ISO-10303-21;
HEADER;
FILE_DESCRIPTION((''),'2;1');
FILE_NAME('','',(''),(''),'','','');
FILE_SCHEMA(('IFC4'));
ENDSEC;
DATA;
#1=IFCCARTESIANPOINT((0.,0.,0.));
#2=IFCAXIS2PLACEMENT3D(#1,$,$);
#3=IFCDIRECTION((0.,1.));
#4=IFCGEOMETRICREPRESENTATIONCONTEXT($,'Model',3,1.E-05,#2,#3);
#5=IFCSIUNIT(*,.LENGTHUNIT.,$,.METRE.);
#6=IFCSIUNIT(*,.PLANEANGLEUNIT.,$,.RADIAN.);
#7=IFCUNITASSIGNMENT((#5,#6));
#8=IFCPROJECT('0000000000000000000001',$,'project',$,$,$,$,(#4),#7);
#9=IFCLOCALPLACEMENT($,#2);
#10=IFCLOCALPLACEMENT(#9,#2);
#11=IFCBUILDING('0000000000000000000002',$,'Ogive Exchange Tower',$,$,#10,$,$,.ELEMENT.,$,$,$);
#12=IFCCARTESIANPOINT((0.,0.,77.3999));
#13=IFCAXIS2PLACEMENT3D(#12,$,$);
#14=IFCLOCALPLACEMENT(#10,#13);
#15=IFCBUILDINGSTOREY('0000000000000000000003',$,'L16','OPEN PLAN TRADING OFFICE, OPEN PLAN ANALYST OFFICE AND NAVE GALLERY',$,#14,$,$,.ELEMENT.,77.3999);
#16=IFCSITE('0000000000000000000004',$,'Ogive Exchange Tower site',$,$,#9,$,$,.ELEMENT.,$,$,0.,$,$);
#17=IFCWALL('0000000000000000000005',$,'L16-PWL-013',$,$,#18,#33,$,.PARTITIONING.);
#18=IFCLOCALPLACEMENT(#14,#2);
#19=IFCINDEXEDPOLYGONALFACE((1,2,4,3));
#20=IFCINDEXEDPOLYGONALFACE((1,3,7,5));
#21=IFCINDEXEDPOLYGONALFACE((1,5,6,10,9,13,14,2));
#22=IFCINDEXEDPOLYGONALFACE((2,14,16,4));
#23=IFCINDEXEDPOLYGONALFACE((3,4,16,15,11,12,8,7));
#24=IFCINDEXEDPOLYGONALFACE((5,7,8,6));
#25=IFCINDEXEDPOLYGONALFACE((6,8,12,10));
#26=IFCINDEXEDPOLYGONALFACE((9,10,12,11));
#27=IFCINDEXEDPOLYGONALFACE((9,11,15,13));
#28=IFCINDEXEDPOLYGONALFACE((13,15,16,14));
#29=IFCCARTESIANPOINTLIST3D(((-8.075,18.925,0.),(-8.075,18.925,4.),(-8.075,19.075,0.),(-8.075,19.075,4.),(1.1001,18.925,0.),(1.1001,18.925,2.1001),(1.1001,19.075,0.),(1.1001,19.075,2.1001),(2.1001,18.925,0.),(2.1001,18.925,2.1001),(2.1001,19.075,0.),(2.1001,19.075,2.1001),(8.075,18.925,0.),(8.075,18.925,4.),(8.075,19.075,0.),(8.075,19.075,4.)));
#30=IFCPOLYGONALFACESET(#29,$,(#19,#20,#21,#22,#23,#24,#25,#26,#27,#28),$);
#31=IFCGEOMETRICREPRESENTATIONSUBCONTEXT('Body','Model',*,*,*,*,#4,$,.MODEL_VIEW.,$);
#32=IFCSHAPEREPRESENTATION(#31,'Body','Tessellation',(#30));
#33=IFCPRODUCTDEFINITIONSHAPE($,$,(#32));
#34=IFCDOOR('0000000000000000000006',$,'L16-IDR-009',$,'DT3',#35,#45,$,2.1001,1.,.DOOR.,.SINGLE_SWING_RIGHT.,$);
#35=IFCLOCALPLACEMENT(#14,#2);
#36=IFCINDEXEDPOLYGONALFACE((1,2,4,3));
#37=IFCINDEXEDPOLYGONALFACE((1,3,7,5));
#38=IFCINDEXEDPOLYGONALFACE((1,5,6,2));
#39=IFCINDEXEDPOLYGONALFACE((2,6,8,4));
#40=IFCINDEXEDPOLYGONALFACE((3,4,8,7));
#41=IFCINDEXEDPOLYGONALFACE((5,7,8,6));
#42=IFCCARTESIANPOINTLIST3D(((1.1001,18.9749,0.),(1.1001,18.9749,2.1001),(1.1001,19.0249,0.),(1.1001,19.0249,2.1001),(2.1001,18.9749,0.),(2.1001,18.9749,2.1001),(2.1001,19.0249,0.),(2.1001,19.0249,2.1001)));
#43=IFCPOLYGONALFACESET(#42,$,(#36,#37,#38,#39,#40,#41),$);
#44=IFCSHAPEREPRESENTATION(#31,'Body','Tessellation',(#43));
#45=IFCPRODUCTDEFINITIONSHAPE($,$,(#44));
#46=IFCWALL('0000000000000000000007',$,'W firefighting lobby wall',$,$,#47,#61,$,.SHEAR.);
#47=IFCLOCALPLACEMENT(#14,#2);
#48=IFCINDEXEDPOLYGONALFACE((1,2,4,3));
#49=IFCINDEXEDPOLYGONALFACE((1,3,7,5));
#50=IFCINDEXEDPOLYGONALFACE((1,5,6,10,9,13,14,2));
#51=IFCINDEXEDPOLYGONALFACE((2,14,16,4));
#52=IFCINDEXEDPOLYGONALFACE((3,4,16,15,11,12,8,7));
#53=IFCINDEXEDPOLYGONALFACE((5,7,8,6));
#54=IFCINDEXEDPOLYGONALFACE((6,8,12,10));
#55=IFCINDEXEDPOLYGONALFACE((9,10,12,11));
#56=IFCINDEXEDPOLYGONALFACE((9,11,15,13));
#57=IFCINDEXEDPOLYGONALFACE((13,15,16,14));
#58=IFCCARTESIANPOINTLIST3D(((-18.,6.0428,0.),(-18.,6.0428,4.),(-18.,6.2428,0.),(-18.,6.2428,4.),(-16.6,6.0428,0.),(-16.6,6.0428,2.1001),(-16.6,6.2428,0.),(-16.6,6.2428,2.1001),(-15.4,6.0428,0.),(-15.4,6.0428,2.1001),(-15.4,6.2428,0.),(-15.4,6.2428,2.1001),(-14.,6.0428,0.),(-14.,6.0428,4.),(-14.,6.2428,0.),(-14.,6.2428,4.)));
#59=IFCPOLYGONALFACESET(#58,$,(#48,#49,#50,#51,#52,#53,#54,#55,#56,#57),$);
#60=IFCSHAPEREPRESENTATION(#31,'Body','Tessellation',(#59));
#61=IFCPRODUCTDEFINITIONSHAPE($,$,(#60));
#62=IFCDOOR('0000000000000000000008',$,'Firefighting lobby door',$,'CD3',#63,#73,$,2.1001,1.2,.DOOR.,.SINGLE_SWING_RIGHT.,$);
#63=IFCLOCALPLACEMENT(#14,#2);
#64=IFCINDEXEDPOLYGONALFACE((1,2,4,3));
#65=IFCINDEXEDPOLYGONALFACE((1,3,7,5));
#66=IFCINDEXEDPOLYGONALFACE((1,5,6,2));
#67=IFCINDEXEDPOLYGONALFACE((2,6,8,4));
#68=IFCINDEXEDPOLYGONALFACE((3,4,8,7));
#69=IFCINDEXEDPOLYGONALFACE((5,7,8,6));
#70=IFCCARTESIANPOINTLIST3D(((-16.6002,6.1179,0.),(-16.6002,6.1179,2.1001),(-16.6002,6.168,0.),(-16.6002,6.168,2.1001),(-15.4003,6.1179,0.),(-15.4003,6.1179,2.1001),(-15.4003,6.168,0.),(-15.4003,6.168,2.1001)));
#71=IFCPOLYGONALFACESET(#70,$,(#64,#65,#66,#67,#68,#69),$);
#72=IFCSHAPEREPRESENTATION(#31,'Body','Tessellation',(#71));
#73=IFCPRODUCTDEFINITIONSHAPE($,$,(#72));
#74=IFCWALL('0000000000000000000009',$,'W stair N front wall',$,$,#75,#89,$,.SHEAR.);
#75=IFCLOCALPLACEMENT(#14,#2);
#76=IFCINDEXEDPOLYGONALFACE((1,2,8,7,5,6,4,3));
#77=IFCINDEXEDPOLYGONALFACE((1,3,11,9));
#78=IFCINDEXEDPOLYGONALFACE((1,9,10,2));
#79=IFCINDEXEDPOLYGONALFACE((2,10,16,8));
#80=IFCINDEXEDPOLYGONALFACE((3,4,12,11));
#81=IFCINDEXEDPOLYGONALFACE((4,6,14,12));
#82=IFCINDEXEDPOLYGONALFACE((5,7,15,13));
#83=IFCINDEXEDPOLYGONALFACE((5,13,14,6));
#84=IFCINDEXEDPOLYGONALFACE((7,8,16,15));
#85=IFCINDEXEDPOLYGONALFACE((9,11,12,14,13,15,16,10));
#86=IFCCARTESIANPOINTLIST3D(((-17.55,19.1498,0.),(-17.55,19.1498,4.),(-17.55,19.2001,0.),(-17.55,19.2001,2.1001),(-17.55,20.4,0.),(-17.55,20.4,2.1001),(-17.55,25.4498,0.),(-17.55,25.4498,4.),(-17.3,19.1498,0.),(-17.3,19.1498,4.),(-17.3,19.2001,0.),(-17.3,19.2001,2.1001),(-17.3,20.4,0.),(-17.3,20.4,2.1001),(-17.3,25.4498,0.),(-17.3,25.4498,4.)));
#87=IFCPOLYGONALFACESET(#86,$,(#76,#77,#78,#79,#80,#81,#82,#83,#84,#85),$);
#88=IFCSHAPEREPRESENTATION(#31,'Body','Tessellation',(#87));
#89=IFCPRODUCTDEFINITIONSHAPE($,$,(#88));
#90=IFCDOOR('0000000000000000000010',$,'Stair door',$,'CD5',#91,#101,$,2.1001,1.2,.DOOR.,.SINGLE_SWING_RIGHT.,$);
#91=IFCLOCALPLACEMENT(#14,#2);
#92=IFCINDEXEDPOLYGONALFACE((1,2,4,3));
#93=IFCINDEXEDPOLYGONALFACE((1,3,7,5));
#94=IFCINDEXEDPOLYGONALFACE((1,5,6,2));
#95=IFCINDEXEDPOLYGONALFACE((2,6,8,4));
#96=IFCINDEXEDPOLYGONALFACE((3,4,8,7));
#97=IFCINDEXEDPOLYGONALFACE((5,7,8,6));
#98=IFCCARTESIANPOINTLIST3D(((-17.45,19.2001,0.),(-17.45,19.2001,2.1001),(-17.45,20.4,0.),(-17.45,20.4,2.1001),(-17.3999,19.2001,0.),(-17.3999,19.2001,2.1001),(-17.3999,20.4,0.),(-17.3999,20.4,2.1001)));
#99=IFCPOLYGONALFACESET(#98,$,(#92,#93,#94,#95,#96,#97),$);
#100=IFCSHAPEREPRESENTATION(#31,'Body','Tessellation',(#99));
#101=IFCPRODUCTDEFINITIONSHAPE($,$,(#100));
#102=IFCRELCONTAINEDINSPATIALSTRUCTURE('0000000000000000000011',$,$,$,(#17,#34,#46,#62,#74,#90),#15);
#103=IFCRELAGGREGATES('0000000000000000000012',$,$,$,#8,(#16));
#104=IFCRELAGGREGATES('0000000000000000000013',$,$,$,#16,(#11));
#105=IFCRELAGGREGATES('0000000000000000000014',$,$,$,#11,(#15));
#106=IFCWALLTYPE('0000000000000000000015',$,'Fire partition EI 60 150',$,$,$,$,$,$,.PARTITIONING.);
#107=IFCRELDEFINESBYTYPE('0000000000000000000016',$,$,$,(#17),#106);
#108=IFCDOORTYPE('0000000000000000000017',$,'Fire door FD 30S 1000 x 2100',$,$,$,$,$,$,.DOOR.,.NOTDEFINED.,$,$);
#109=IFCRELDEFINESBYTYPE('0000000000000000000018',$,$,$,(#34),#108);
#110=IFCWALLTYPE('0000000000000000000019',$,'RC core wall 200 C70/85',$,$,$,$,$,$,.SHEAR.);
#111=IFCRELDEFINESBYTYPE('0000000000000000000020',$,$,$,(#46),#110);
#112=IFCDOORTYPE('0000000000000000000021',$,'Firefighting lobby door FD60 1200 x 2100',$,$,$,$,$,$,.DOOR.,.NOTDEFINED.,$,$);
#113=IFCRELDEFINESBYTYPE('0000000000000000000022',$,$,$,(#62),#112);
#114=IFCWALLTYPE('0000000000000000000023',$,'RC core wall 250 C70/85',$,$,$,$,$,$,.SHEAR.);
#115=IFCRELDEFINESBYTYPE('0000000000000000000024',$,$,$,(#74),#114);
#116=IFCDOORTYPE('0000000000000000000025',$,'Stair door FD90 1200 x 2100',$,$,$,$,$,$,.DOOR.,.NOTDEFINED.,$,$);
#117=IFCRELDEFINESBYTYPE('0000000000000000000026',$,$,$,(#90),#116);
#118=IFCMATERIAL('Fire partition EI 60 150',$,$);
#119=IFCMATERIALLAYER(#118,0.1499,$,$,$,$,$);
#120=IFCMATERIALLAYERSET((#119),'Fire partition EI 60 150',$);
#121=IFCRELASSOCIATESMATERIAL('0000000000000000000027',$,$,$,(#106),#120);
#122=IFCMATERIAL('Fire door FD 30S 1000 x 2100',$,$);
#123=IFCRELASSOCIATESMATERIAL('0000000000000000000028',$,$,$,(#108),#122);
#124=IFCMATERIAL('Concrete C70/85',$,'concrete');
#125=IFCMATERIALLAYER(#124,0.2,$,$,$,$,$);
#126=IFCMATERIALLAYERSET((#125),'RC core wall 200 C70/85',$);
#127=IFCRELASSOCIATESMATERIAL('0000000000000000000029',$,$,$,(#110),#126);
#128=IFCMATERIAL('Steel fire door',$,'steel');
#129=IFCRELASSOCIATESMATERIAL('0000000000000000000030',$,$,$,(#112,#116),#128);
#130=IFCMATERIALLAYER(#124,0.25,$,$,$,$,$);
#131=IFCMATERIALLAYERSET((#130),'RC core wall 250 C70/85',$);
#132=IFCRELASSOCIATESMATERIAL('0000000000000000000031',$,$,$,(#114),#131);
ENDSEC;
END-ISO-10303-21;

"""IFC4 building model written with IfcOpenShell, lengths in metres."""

from ifc_helpers import new_model, si_unit, direction, frame, frame_2d, origin, place, context, subcontext, project, spatial, rectangle, extrude, material, layer, layer_set, type_object, element, fill, save


model = new_model("IFC4")

# Units and contexts
model_context = context("Model", 3, precision=1e-05, world=origin(), true_north=direction((0.0, 1.0)))
body_context = subcontext(model_context, "Body", "Model", "MODEL_VIEW")
ifc_project = project(units=[si_unit("LENGTHUNIT", "METRE"), si_unit("PLANEANGLEUNIT", "RADIAN")], contexts=[model_context])

# Site, building, storey
site_placement = place(None, origin())
site = spatial("IfcSite", under=ifc_project, at=site_placement, Name="Ogive Exchange Tower site", CompositionType="ELEMENT", RefElevation=0.0)
building_placement = place(site_placement, origin())
building = spatial("IfcBuilding", under=site, at=building_placement, Name="Ogive Exchange Tower", CompositionType="ELEMENT")
storey_placement = place(building_placement, frame((0.0, 0.0, 77.3999)))
storey = spatial("IfcBuildingStorey", under=building, at=storey_placement, Name="L16", Description="OPEN PLAN TRADING OFFICE, OPEN PLAN ANALYST OFFICE AND NAVE GALLERY", CompositionType="ELEMENT", Elevation=77.3999)

# Walls, openings, doors
ifc_material_1 = material(Name="Fire partition EI 60 150")
ifc_layer_1 = layer(ifc_material_1, 0.1499)
ifc_layer_set_1 = layer_set([ifc_layer_1], Name="Fire partition EI 60 150")
wall_type_1 = type_object("IfcWallType", Name="Fire partition EI 60 150", PredefinedType="PARTITIONING", material=ifc_layer_set_1)
wall_1_placement = place(storey_placement, frame((-8.075, 19.0, 0.0), z_axis=(0.0, 0.0, 1.0), x_axis=(1.0, 0.0, 0.0)))
wall_1 = element("IfcWall", 1, at=wall_1_placement, inside=storey, type_object=wall_type_1, Name="L16-PWL-013", PredefinedType="PARTITIONING", context=body_context, shape_type="SweptSolid", body=[
    extrude(rectangle(XDim=16.1499, YDim=0.1499, at=frame_2d((8.075, 0.0))), origin(), (0.0, 0.0, 1.0), 4.0),
])
opening_1_placement = place(wall_1_placement, frame((9.175, 0.0, 0.0)))
opening_1 = element("IfcOpeningElement", 2, at=opening_1_placement, cuts=wall_1, PredefinedType="OPENING", context=body_context, shape_type="SweptSolid", body=[
    extrude(rectangle(XDim=1.0, YDim=2.1001, at=frame_2d((0.5, 1.05))), frame((0.0, 0.085, 0.0), z_axis=(0.0, -1.0, 0.0), x_axis=(1.0, 0.0, 0.0)), (0.0, 0.0, 1.0), 0.1699),
])
ifc_material_2 = material(Name="Fire door FD 30S 1000 x 2100")
door_type_1 = type_object("IfcDoorType", Name="Fire door FD 30S 1000 x 2100", OperationType="NOTDEFINED", PredefinedType="DOOR", material=ifc_material_2)
door_1_placement = place(opening_1_placement, origin())
door_1 = element("IfcDoor", 3, at=door_1_placement, inside=storey, type_object=door_type_1, Name="L16-IDR-009", ObjectType="DT3", OperationType="SINGLE_SWING_RIGHT", OverallHeight=2.1001, OverallWidth=1.0, PredefinedType="DOOR", context=body_context, shape_type="SweptSolid", body=[
    extrude(rectangle(XDim=1.0, YDim=2.1001, at=frame_2d((0.5, 1.05))), frame((0.0, 0.0249, 0.0), z_axis=(0.0, -1.0, 0.0), x_axis=(1.0, 0.0, 0.0)), (0.0, 0.0, 1.0), 0.05),
])
fill(opening_1, door_1)
ifc_material_3 = material(Name="Concrete C70/85", Category="concrete")
ifc_layer_2 = layer(ifc_material_3, 0.2)
ifc_layer_set_2 = layer_set([ifc_layer_2], Name="RC core wall 200 C70/85")
wall_type_2 = type_object("IfcWallType", Name="RC core wall 200 C70/85", PredefinedType="SHEAR", material=ifc_layer_set_2)
wall_2_placement = place(storey_placement, frame((-18.0, 6.1428, 0.0), z_axis=(0.0, 0.0, 1.0), x_axis=(1.0, 0.0, 0.0)))
wall_2 = element("IfcWall", 4, at=wall_2_placement, inside=storey, type_object=wall_type_2, Name="W firefighting lobby wall", PredefinedType="SHEAR", context=body_context, shape_type="SweptSolid", body=[
    extrude(rectangle(XDim=4.0, YDim=0.2, at=frame_2d((2.0, 0.0))), origin(), (0.0, 0.0, 1.0), 4.0),
])
opening_2_placement = place(wall_2_placement, frame((1.3999, 0.0, 0.0)))
opening_2 = element("IfcOpeningElement", 5, at=opening_2_placement, cuts=wall_2, PredefinedType="OPENING", context=body_context, shape_type="SweptSolid", body=[
    extrude(rectangle(XDim=1.2, YDim=2.1001, at=frame_2d((0.6001, 1.05))), frame((0.0, 0.1099, 0.0), z_axis=(0.0, -1.0, 0.0), x_axis=(1.0, 0.0, 0.0)), (0.0, 0.0, 1.0), 0.22),
])
ifc_material_4 = material(Name="Steel fire door", Category="steel")
door_type_2 = type_object("IfcDoorType", Name="Firefighting lobby door FD60 1200 x 2100", OperationType="NOTDEFINED", PredefinedType="DOOR", material=ifc_material_4)
door_2_placement = place(opening_2_placement, frame((1.2, 0.0, 0.0), z_axis=(0.0, 0.0, 1.0), x_axis=(-1.0, 0.0, 0.0)))
door_2 = element("IfcDoor", 6, at=door_2_placement, inside=storey, type_object=door_type_2, Name="Firefighting lobby door", ObjectType="CD3", OperationType="SINGLE_SWING_RIGHT", OverallHeight=2.1001, OverallWidth=1.2, PredefinedType="DOOR", context=body_context, shape_type="SweptSolid", body=[
    extrude(rectangle(XDim=1.2, YDim=2.1001, at=frame_2d((0.6001, 1.05))), frame((0.0, 0.0249, 0.0), z_axis=(0.0, -1.0, 0.0), x_axis=(1.0, 0.0, 0.0)), (0.0, 0.0, 1.0), 0.05),
])
fill(opening_2, door_2)
ifc_layer_3 = layer(ifc_material_3, 0.25)
ifc_layer_set_3 = layer_set([ifc_layer_3], Name="RC core wall 250 C70/85")
wall_type_3 = type_object("IfcWallType", Name="RC core wall 250 C70/85", PredefinedType="SHEAR", material=ifc_layer_set_3)
wall_3_placement = place(storey_placement, frame((-17.425, 19.1499, 0.0), z_axis=(0.0, 0.0, 1.0), x_axis=(0.0, 1.0, 0.0)))
wall_3 = element("IfcWall", 7, at=wall_3_placement, inside=storey, type_object=wall_type_3, Name="W stair N front wall", PredefinedType="SHEAR", context=body_context, shape_type="SweptSolid", body=[
    extrude(rectangle(XDim=6.3, YDim=0.25, at=frame_2d((3.1499, 0.0))), origin(), (0.0, 0.0, 1.0), 4.0),
])
opening_3_placement = place(wall_3_placement, frame((0.05, 0.0, 0.0)))
opening_3 = element("IfcOpeningElement", 8, at=opening_3_placement, cuts=wall_3, PredefinedType="OPENING", context=body_context, shape_type="SweptSolid", body=[
    extrude(rectangle(XDim=1.2, YDim=2.1001, at=frame_2d((0.6001, 1.05))), frame((0.0, 0.135, 0.0), z_axis=(0.0, -1.0, 0.0), x_axis=(1.0, 0.0, 0.0)), (0.0, 0.0, 1.0), 0.27),
])
door_type_3 = type_object("IfcDoorType", Name="Stair door FD90 1200 x 2100", OperationType="NOTDEFINED", PredefinedType="DOOR", material=ifc_material_4)
door_3_placement = place(opening_3_placement, origin())
door_3 = element("IfcDoor", 9, at=door_3_placement, inside=storey, type_object=door_type_3, Name="Stair door", ObjectType="CD5", OperationType="SINGLE_SWING_RIGHT", OverallHeight=2.1001, OverallWidth=1.2, PredefinedType="DOOR", context=body_context, shape_type="SweptSolid", body=[
    extrude(rectangle(XDim=1.2, YDim=2.1001, at=frame_2d((0.6001, 1.05))), frame((0.0, 0.0249, 0.0), z_axis=(0.0, -1.0, 0.0), x_axis=(1.0, 0.0, 0.0)), (0.0, 0.0, 1.0), 0.05),
])
fill(opening_3, door_3)

save(model, "model.ifc")
